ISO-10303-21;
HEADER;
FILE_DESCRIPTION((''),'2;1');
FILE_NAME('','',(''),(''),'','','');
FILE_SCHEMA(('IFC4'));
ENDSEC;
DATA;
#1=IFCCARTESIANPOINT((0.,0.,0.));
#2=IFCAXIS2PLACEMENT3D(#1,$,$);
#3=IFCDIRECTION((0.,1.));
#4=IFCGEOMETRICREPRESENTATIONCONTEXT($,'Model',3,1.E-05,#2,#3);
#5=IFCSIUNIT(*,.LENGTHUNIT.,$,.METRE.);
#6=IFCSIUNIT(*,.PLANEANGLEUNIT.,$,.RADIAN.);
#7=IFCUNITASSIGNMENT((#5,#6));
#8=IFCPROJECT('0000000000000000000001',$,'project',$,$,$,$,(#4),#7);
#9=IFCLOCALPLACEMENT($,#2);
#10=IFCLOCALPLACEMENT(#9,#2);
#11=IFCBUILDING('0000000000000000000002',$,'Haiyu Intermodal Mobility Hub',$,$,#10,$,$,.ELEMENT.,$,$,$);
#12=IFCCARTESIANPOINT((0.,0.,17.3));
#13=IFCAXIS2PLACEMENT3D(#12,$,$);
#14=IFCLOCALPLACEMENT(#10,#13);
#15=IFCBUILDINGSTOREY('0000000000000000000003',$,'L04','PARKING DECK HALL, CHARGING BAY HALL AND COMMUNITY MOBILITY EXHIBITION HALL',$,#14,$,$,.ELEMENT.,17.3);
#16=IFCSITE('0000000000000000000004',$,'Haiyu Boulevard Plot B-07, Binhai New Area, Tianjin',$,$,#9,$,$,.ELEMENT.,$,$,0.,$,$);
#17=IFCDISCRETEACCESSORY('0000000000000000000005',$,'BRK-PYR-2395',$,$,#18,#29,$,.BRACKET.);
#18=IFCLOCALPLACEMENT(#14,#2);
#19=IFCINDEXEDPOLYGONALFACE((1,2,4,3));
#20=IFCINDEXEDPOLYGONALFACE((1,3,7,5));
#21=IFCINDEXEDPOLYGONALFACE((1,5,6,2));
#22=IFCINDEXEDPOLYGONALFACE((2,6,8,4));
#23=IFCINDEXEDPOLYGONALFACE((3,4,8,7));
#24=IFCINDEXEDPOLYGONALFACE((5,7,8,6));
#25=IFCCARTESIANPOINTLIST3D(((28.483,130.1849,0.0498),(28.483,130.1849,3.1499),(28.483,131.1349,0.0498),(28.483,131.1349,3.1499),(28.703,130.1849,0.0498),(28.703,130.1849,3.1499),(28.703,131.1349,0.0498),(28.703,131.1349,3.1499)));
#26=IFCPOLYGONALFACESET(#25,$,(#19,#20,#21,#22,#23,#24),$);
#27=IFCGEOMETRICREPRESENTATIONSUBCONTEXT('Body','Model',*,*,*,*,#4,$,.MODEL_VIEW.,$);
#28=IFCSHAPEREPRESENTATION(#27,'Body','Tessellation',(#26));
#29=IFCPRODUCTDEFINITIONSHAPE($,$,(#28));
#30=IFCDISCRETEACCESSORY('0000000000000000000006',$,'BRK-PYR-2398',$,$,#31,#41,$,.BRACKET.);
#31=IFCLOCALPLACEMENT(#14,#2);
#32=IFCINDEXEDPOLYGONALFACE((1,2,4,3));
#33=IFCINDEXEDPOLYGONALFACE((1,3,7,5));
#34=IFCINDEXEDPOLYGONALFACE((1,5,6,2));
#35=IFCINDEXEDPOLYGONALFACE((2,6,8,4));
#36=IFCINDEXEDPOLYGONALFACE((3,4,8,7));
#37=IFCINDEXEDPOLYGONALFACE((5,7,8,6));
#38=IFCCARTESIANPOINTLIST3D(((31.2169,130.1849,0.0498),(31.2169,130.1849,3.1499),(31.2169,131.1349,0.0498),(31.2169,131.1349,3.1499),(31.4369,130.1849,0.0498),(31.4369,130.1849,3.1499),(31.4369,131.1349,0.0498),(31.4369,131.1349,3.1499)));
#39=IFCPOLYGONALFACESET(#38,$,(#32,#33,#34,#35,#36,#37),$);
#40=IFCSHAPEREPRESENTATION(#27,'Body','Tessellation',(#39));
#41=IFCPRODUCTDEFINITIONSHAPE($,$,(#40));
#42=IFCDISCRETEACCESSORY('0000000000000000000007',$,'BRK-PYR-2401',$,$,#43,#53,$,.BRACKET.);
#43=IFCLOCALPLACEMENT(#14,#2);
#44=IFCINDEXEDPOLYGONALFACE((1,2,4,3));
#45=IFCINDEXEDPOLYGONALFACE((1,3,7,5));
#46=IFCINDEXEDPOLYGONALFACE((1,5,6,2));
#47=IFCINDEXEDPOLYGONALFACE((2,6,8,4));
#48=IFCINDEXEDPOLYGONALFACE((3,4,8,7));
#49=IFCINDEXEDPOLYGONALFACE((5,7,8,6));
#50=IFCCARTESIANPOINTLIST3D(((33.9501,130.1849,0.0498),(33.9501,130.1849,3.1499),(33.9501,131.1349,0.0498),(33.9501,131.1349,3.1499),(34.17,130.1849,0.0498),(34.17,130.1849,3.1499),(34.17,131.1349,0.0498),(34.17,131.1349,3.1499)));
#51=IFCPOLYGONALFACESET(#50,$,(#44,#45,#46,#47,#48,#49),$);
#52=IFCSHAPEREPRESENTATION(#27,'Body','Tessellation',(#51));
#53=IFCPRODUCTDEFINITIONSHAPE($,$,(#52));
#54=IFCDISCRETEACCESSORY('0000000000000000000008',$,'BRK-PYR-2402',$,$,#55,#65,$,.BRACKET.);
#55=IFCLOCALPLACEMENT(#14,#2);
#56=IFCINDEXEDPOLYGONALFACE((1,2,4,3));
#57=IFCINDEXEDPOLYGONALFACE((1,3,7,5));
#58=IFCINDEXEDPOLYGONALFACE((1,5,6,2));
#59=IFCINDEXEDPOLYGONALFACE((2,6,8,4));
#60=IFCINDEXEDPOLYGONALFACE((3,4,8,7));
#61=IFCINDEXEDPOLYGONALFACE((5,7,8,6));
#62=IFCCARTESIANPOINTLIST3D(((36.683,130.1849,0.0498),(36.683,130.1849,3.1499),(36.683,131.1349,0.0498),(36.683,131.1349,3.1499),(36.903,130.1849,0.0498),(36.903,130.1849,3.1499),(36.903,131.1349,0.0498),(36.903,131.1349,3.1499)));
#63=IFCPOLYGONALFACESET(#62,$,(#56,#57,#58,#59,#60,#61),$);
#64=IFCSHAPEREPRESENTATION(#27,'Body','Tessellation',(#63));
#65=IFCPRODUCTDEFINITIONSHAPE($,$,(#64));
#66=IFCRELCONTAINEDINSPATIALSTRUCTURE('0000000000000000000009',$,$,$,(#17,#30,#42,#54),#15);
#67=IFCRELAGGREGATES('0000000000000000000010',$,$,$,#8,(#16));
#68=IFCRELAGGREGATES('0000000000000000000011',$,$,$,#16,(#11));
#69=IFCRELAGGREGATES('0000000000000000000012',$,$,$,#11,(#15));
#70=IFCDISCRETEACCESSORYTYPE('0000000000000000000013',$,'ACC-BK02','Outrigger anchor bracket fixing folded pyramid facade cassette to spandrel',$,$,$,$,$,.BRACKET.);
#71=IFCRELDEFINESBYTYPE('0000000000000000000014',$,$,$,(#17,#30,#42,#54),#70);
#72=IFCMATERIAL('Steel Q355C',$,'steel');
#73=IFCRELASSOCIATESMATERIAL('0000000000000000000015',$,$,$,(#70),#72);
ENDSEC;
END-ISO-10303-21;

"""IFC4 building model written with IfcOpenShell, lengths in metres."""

from ifc_helpers import new_model, si_unit, direction, frame, origin, origin_2d, place, context, subcontext, project, spatial, rectangle, extrude, material, type_object, element, save


model = new_model("IFC4")

# Units and contexts
model_context = context("Model", 3, precision=1e-05, world=origin(), true_north=direction((0.0, 1.0)))
body_context = subcontext(model_context, "Body", "Model", "MODEL_VIEW")
ifc_project = project(units=[si_unit("LENGTHUNIT", "METRE"), si_unit("PLANEANGLEUNIT", "RADIAN")], contexts=[model_context])

# Site, building, storey
site_placement = place(None, origin())
site = spatial("IfcSite", under=ifc_project, at=site_placement, Name="Haiyu Boulevard Plot B-07, Binhai New Area, Tianjin", CompositionType="ELEMENT", RefElevation=0.0)
building_placement = place(site_placement, origin())
building = spatial("IfcBuilding", under=site, at=building_placement, Name="Haiyu Intermodal Mobility Hub", CompositionType="ELEMENT")
storey_placement = place(building_placement, frame((0.0, 0.0, 17.3)))
storey = spatial("IfcBuildingStorey", under=building, at=storey_placement, Name="L04", Description="PARKING DECK HALL, CHARGING BAY HALL AND COMMUNITY MOBILITY EXHIBITION HALL", CompositionType="ELEMENT", Elevation=17.3)

# Shared definitions
ifc_material_1 = material(Name="Steel Q355C", Category="steel")

# Discrete accessories
discrete_accessory_type_1 = type_object("IfcDiscreteAccessoryType", Name="ACC-BK02", Description="Outrigger anchor bracket fixing folded pyramid facade cassette to spandrel", PredefinedType="BRACKET", material=ifc_material_1)
for number, where, z_axis, x_axis, name in (
    (1, (28.593, 130.6599, 0.0498), (0.0, 0.0, 1.0), (1.0, 0.0, 0.0), "BRK-PYR-2395"),
    (2, (31.3269, 130.6599, 0.0498), (0.0, 0.0, 1.0), (1.0, 0.0, 0.0), "BRK-PYR-2398"),
    (3, (34.0601, 130.6599, 0.0498), (0.0, 0.0, 1.0), (1.0, 0.0, 0.0), "BRK-PYR-2401"),
    (4, (36.793, 130.6599, 0.0498), (0.0, 0.0, 1.0), (1.0, 0.0, 0.0), "BRK-PYR-2402"),
):
    element("IfcDiscreteAccessory", number, at=place(storey_placement, frame(where, z_axis=z_axis, x_axis=x_axis)), inside=storey, type_object=discrete_accessory_type_1, Name=name, PredefinedType="BRACKET", context=body_context, shape_type="SweptSolid", body=[
        extrude(rectangle(XDim=0.22, YDim=0.95, at=origin_2d()), origin(), (0.0, 0.0, 1.0), 3.1001),
    ])

save(model, "model.ifc")
